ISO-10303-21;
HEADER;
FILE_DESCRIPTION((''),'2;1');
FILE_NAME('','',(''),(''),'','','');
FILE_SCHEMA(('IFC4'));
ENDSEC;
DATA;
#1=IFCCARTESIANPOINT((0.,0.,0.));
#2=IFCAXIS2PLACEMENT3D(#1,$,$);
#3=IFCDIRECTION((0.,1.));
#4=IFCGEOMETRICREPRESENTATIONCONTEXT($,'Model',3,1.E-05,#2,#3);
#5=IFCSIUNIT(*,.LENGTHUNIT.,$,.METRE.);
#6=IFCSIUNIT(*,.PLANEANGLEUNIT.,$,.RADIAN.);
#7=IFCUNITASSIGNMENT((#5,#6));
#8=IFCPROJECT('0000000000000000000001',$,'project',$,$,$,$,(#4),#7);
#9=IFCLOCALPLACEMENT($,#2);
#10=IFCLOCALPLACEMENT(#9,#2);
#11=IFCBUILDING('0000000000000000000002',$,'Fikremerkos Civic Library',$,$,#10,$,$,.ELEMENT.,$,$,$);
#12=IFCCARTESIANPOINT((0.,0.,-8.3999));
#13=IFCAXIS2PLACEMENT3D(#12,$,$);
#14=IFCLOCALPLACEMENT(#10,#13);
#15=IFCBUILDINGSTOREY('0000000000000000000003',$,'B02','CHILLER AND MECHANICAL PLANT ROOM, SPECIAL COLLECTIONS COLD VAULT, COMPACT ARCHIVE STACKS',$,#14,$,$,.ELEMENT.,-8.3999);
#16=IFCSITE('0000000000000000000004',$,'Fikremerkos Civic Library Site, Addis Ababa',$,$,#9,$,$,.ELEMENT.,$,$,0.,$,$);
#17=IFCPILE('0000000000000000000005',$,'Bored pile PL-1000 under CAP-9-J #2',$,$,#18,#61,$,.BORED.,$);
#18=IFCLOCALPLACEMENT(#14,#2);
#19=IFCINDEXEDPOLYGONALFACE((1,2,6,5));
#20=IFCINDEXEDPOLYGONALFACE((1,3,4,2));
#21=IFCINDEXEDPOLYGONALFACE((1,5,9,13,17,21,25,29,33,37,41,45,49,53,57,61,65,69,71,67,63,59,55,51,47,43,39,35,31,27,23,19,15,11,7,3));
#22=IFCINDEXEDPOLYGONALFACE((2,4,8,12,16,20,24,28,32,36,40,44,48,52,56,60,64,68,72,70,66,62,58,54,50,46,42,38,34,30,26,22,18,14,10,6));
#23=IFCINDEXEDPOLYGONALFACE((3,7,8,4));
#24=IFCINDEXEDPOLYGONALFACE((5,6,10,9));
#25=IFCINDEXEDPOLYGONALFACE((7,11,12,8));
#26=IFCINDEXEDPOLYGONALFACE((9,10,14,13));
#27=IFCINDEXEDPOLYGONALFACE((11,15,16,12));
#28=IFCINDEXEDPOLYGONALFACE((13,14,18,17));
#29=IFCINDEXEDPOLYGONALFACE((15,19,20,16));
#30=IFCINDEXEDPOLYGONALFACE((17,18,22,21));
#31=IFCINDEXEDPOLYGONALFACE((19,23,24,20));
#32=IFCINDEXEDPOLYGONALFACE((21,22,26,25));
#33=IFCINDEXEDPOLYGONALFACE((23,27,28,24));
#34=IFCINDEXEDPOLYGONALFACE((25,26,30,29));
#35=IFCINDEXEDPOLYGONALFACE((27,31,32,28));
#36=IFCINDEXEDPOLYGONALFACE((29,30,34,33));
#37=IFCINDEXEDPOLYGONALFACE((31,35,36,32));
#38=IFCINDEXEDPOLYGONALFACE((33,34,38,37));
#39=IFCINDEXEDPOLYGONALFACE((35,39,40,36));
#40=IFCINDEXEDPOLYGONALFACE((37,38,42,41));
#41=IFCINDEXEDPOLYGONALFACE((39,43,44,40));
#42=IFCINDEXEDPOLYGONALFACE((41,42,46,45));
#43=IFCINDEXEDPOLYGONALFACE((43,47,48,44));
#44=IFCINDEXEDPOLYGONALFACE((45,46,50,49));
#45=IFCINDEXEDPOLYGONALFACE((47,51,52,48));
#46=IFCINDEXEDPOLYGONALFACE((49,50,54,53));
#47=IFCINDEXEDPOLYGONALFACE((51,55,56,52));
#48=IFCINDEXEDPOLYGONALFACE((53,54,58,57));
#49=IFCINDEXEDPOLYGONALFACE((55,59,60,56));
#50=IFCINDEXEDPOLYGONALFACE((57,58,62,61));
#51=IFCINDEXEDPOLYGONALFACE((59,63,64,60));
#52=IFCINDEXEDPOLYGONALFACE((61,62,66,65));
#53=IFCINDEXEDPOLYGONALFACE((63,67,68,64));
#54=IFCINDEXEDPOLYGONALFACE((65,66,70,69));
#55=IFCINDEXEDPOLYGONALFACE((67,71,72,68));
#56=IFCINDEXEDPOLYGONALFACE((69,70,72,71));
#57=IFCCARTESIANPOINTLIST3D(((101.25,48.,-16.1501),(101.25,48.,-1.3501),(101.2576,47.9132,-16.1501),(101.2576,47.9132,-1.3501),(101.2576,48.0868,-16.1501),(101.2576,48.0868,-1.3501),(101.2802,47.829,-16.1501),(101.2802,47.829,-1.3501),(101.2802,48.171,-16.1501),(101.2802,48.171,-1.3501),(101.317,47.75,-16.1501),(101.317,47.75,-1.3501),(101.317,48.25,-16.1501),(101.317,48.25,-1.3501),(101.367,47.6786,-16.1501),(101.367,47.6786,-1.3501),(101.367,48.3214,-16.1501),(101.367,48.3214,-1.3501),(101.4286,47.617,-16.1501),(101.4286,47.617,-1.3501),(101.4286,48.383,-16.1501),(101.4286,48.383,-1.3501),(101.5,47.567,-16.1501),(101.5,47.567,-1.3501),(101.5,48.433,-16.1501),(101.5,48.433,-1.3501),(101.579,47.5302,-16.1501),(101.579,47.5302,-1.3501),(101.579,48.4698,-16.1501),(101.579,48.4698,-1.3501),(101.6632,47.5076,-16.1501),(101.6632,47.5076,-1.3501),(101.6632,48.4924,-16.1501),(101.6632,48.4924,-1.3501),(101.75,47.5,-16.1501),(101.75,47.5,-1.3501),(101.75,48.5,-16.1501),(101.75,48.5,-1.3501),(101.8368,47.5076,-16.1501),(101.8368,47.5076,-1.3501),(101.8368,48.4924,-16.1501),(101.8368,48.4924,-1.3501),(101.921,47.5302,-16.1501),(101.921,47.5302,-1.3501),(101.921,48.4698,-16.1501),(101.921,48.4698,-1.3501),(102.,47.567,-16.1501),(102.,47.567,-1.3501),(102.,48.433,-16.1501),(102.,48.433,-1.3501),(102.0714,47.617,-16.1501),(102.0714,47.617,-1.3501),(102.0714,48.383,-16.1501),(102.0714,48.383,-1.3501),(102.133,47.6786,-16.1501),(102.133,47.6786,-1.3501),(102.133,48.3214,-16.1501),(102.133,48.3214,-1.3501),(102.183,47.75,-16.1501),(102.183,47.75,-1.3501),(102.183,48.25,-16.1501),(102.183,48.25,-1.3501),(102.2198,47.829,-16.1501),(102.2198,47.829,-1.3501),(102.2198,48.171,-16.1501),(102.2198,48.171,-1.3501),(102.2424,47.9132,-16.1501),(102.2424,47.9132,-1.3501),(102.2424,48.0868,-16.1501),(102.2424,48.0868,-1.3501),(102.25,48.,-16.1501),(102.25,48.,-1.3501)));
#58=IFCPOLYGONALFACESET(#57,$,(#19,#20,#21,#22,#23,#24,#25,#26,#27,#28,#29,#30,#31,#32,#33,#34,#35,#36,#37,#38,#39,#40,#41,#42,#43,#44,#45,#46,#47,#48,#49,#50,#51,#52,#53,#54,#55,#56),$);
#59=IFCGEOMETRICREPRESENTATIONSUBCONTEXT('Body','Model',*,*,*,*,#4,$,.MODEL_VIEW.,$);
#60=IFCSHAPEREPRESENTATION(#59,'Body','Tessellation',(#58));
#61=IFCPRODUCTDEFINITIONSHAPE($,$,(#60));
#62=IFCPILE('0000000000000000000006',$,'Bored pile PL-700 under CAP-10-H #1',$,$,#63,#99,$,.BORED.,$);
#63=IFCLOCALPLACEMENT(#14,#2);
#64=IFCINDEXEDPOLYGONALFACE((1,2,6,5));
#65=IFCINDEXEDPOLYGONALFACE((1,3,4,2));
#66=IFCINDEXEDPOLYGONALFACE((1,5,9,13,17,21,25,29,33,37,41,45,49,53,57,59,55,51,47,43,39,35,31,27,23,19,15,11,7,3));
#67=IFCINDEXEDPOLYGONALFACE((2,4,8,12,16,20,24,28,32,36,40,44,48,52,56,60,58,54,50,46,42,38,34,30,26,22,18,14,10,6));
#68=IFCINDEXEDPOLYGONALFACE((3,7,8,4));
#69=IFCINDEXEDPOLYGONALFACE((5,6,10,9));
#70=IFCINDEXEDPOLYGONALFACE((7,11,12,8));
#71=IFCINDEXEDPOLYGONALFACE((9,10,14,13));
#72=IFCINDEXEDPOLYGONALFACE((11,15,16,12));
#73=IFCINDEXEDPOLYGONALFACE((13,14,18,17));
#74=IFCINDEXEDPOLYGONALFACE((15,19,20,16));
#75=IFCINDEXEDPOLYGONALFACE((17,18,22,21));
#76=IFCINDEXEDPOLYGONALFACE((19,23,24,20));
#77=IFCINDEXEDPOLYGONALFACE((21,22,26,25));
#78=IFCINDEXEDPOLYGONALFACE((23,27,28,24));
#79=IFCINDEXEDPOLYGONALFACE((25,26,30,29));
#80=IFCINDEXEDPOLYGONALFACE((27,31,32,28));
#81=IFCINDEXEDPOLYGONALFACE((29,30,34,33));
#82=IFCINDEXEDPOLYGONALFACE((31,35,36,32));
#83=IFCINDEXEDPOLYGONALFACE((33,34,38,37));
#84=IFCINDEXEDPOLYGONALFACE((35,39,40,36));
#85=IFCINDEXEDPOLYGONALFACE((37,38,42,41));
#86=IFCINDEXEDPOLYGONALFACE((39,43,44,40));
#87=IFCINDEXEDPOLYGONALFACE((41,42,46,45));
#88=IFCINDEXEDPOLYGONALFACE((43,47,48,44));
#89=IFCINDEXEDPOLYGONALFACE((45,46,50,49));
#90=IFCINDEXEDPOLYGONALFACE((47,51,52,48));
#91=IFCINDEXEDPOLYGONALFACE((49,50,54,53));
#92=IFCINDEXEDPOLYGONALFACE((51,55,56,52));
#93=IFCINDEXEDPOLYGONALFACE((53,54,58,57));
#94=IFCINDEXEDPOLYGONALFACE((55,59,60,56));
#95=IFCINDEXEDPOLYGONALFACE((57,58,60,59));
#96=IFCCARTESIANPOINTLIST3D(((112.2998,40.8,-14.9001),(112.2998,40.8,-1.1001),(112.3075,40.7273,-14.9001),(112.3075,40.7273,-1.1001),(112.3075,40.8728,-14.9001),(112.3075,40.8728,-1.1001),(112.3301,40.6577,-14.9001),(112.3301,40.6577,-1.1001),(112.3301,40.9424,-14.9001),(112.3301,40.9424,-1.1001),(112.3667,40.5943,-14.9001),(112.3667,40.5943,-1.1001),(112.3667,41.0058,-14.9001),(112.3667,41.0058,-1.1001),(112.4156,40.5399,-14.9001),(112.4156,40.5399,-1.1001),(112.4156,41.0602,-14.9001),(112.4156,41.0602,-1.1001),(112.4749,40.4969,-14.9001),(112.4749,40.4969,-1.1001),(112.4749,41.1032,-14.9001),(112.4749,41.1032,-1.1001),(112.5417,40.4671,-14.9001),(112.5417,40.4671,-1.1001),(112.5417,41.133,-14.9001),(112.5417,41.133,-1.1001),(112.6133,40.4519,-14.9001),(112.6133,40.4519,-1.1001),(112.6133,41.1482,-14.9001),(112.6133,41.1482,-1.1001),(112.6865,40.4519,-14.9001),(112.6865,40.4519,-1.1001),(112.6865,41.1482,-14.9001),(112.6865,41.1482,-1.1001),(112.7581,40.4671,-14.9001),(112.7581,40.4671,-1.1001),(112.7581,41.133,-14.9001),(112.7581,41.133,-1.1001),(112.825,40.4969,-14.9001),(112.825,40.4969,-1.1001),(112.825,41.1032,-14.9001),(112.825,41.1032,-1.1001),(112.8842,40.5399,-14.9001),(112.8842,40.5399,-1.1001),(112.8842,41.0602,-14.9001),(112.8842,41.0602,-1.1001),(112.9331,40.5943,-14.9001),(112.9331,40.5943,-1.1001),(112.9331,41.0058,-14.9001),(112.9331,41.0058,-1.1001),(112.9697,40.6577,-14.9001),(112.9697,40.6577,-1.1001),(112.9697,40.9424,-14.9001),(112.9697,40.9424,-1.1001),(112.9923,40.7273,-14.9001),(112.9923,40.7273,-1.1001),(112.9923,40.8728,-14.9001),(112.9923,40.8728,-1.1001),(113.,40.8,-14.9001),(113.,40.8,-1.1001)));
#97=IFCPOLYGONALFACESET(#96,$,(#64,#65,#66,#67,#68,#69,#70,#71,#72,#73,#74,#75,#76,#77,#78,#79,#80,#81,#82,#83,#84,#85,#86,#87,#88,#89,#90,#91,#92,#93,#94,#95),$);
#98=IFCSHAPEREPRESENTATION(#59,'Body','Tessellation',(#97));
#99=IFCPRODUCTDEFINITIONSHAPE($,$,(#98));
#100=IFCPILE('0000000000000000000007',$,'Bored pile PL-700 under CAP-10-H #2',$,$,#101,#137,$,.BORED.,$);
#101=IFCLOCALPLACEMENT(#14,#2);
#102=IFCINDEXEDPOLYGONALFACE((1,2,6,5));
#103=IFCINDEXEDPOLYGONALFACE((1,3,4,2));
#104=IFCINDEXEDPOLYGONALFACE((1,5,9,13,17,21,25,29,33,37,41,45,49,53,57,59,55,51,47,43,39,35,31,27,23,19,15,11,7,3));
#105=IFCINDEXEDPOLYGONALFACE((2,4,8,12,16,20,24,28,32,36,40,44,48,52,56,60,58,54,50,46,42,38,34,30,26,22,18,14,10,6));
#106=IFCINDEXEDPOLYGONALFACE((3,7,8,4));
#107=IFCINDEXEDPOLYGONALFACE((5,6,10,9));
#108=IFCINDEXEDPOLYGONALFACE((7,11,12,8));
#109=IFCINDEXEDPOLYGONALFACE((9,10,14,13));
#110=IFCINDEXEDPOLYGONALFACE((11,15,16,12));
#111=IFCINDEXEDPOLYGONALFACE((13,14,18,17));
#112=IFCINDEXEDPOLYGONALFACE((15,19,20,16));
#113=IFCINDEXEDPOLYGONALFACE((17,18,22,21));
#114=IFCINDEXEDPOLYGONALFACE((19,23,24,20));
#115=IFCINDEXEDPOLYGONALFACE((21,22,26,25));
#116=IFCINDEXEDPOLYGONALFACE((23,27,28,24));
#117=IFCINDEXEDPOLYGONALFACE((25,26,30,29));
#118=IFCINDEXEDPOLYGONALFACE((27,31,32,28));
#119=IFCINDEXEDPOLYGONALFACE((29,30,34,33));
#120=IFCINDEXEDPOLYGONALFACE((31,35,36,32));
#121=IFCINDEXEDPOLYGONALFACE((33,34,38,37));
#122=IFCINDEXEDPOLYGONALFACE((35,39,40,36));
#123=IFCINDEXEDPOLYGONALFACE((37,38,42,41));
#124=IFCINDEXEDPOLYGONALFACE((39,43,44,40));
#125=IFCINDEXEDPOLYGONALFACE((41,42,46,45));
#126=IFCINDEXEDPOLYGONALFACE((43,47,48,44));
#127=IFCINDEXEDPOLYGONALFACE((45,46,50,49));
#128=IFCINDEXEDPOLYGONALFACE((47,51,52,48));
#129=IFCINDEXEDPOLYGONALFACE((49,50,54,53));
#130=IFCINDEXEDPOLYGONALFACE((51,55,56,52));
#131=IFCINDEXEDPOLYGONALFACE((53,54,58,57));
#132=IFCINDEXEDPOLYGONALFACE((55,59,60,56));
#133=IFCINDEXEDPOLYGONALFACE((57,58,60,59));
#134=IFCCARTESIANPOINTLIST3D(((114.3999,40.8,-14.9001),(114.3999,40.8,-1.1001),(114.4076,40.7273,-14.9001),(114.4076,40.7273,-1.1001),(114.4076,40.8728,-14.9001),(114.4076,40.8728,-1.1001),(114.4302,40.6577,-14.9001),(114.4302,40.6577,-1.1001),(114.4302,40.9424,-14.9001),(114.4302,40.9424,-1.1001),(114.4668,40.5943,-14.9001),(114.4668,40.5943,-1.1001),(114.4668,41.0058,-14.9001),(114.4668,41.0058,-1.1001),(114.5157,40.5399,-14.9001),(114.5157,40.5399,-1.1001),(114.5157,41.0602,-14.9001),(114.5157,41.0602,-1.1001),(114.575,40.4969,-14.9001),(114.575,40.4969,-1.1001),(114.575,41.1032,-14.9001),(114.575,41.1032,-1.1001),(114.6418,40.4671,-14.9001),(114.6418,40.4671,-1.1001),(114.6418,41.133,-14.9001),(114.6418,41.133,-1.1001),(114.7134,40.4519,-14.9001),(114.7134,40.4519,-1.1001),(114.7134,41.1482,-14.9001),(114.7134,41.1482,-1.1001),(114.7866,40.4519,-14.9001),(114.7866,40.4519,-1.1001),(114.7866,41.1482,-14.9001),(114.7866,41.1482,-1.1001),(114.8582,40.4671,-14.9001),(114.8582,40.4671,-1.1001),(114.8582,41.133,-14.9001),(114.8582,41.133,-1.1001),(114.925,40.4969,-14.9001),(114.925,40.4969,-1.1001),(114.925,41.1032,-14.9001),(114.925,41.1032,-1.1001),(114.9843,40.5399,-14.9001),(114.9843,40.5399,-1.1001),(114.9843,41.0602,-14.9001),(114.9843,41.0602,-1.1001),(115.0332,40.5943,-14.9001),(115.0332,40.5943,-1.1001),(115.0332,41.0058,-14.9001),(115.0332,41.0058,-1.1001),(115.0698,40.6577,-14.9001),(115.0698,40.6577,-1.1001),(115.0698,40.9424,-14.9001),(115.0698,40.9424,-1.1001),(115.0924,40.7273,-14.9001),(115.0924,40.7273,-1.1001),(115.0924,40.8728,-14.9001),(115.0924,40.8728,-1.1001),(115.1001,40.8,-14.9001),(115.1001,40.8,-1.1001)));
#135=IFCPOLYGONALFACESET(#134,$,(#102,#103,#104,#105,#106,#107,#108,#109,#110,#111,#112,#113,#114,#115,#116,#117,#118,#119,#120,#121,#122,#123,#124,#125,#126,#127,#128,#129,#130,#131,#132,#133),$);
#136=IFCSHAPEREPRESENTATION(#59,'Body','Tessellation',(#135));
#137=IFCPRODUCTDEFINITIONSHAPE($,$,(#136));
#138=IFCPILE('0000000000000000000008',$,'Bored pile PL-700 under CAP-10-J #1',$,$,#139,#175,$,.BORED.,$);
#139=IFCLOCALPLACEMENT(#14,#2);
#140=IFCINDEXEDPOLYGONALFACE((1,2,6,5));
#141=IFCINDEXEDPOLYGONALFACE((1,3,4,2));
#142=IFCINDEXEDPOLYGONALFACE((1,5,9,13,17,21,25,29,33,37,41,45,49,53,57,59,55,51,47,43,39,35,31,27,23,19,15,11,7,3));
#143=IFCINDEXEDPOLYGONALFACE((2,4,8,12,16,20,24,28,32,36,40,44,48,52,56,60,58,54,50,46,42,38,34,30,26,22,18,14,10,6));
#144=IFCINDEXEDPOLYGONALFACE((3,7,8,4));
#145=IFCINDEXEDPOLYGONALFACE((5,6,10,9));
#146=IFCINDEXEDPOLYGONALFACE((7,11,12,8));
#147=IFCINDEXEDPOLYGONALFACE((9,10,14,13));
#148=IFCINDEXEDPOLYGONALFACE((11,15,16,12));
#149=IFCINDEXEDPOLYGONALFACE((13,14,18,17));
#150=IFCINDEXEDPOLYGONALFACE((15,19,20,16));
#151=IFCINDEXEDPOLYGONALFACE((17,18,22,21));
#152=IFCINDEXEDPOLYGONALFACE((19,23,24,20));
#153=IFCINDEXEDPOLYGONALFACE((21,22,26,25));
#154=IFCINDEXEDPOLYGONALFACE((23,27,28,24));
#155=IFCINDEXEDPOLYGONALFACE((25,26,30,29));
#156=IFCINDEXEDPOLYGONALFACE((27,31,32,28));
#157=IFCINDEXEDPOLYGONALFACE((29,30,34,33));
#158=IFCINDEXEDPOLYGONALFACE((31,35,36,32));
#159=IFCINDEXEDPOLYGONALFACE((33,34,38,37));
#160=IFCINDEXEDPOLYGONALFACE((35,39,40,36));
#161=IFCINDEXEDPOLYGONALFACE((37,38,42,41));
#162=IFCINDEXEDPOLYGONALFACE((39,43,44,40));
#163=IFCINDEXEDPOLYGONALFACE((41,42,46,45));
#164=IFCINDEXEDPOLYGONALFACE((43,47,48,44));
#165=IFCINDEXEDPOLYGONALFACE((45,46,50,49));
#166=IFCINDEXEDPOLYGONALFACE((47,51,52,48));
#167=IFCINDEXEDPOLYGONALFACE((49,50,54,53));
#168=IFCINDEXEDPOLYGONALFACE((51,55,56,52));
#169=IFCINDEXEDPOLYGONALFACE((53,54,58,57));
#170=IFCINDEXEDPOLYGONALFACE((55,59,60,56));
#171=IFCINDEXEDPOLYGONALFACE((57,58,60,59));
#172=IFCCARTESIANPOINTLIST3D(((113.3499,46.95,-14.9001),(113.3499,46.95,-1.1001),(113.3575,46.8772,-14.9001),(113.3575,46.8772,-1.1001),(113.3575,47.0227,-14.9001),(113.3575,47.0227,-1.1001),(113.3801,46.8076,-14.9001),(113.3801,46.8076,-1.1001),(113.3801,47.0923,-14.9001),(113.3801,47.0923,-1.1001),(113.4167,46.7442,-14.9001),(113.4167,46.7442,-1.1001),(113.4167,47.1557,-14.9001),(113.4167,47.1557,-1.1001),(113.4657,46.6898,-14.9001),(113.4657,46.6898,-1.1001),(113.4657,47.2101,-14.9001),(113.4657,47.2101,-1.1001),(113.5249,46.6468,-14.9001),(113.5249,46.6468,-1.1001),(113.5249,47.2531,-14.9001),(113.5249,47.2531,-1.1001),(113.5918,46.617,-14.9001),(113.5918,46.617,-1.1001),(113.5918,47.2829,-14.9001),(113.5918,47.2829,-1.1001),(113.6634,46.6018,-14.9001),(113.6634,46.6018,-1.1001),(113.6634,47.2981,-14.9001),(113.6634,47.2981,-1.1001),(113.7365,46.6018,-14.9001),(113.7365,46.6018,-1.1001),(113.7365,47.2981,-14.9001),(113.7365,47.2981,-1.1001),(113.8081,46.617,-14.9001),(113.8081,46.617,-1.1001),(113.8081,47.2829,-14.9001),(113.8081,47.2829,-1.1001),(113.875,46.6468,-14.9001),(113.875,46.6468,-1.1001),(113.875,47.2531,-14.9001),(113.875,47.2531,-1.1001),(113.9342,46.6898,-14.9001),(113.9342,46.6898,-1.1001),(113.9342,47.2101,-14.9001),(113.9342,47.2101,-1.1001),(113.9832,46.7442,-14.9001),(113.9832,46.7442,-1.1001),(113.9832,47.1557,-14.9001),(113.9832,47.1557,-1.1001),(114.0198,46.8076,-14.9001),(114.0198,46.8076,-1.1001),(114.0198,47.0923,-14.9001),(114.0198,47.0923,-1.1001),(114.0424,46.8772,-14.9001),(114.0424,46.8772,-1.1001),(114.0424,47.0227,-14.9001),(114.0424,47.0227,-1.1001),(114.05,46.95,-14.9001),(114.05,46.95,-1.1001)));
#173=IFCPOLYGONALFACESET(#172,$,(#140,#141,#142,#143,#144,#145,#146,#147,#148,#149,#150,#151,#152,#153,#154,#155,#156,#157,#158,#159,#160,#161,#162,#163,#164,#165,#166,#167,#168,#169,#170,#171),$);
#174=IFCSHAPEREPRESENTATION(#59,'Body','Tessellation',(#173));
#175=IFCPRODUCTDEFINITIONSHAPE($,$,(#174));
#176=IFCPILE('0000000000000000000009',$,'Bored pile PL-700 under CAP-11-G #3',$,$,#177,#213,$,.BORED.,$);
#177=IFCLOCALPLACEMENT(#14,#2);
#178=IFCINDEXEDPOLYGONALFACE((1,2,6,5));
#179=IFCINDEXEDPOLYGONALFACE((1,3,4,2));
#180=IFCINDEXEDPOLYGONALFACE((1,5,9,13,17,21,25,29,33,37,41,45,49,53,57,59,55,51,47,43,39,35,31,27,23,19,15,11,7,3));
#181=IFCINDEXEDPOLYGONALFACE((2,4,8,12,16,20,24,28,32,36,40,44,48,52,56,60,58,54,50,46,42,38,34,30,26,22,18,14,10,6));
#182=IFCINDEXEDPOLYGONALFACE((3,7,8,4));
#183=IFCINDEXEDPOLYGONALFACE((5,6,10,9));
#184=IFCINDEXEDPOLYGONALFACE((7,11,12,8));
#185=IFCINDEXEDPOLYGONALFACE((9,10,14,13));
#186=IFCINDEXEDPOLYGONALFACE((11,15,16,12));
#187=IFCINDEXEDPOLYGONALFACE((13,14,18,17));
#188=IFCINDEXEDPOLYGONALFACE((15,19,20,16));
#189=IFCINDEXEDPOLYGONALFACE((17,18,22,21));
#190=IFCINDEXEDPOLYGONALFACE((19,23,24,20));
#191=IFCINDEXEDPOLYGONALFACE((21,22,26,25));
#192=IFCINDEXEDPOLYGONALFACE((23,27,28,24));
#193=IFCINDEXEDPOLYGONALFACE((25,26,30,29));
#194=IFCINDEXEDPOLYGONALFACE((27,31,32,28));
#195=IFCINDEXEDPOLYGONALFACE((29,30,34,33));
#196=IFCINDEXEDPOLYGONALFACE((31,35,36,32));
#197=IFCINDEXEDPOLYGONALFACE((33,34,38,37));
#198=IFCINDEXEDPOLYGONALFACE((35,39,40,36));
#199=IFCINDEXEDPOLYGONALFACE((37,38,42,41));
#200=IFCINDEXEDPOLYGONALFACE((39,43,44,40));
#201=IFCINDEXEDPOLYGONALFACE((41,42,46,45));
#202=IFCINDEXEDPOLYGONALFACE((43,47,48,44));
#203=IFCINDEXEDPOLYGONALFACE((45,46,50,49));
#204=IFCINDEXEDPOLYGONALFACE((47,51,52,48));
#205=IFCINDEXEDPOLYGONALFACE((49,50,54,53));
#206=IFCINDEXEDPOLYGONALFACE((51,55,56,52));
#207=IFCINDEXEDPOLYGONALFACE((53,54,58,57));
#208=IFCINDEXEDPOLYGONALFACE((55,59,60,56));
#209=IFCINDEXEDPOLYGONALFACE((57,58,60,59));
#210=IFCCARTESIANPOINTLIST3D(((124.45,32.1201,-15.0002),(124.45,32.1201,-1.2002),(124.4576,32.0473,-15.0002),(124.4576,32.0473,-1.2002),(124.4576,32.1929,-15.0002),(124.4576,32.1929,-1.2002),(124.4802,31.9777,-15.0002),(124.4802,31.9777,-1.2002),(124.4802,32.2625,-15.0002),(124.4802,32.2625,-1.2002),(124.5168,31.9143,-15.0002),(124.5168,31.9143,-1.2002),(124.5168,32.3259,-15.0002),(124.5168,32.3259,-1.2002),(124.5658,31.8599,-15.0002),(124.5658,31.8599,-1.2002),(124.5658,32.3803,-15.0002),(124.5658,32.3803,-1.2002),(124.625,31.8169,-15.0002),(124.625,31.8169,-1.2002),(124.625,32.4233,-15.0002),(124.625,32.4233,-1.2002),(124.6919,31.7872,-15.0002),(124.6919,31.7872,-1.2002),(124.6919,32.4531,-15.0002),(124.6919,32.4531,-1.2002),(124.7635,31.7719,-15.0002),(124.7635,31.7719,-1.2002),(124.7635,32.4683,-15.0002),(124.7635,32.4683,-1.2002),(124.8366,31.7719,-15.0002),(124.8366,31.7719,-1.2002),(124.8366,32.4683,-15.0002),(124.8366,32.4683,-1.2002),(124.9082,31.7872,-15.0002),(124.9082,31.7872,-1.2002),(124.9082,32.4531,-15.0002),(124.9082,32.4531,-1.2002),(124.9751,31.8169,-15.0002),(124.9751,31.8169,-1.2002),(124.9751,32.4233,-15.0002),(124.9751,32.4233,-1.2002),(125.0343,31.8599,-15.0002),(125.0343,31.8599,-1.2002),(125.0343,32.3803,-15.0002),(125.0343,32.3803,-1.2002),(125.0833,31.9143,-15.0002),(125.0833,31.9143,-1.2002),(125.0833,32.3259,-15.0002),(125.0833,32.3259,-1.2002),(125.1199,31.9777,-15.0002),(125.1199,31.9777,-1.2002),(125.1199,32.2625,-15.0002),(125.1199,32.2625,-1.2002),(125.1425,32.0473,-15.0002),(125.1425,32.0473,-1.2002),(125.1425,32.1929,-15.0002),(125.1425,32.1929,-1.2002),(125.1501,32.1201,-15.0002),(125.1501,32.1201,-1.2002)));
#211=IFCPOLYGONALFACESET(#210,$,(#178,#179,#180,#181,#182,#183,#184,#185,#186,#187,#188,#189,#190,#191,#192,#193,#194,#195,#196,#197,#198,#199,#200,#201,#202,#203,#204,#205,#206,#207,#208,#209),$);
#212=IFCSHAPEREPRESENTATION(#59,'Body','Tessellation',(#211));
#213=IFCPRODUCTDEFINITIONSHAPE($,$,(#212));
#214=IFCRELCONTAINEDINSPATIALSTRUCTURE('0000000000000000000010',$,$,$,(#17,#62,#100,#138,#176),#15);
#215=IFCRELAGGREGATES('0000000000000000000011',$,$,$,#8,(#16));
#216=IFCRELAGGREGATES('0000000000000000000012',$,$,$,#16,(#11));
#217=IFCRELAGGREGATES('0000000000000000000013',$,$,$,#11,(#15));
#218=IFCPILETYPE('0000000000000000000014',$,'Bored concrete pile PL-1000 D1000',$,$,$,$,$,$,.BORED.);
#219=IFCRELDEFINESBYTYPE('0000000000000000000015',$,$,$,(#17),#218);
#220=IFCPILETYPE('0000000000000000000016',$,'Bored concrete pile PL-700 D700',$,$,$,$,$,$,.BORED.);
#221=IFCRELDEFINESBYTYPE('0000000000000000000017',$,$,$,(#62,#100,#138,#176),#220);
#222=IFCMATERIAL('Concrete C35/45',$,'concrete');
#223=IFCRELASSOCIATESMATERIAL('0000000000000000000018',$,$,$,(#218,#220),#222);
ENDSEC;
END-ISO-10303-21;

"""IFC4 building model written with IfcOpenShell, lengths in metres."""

from ifc_helpers import new_model, si_unit, direction, frame, origin, origin_2d, place, context, subcontext, project, spatial, circle, extrude, material, material_profile, profile_set, type_object, element, save


model = new_model("IFC4")

# Units and contexts
model_context = context("Model", 3, precision=1e-05, world=origin(), true_north=direction((0.0, 1.0)))
body_context = subcontext(model_context, "Body", "Model", "MODEL_VIEW")
ifc_project = project(units=[si_unit("LENGTHUNIT", "METRE"), si_unit("PLANEANGLEUNIT", "RADIAN")], contexts=[model_context])

# Site, building, storey
site_placement = place(None, origin())
site = spatial("IfcSite", under=ifc_project, at=site_placement, Name="Fikremerkos Civic Library Site, Addis Ababa", CompositionType="ELEMENT", RefElevation=0.0)
building_placement = place(site_placement, origin())
building = spatial("IfcBuilding", under=site, at=building_placement, Name="Fikremerkos Civic Library", CompositionType="ELEMENT")
storey_placement = place(building_placement, frame((0.0, 0.0, -8.3999)))
storey = spatial("IfcBuildingStorey", under=building, at=storey_placement, Name="B02", Description="CHILLER AND MECHANICAL PLANT ROOM, SPECIAL COLLECTIONS COLD VAULT, COMPACT ARCHIVE STACKS", CompositionType="ELEMENT", Elevation=-8.3999)

# Piles
ifc_material_1 = material(Name="Concrete C35/45", Category="concrete")
ifc_material_profile_1 = material_profile(ifc_material_1, circle(Radius=0.5, at=origin_2d()), Name="BORED PILE 1000")
ifc_profile_set_1 = profile_set([ifc_material_profile_1], Name="Concrete C35/45")
pile_type_1 = type_object("IfcPileType", Name="Bored concrete pile PL-1000 D1000", PredefinedType="BORED", material=ifc_profile_set_1)
pile_placement = place(storey_placement, frame((101.75, 48.0, -1.3501), z_axis=(0.0, 0.0, -1.0), x_axis=(1.0, 0.0, 0.0)))
element("IfcPile", 1, at=pile_placement, inside=storey, type_object=pile_type_1, Name="Bored pile PL-1000 under CAP-9-J #2", PredefinedType="BORED", context=body_context, shape_type="SweptSolid", body=[
    extrude(circle(Radius=0.5, at=origin_2d()), origin(), (0.0, 0.0, 1.0), 14.8),
])
ifc_material_profile_2 = material_profile(ifc_material_1, circle(Radius=0.3501, at=origin_2d()), Name="BORED PILE 700")
ifc_profile_set_2 = profile_set([ifc_material_profile_2], Name="Concrete C35/45")
pile_type_2 = type_object("IfcPileType", Name="Bored concrete pile PL-700 D700", PredefinedType="BORED", material=ifc_profile_set_2)
for number, where, z_axis, x_axis, name in (
    (2, (112.6499, 40.8, -1.1001), (0.0, 0.0, -1.0), (1.0, 0.0, 0.0), "Bored pile PL-700 under CAP-10-H #1"),
    (3, (114.75, 40.8, -1.1001), (0.0, 0.0, -1.0), (1.0, 0.0, 0.0), "Bored pile PL-700 under CAP-10-H #2"),
    (4, (113.7, 46.95, -1.1001), (0.0, 0.0, -1.0), (1.0, 0.0, 0.0), "Bored pile PL-700 under CAP-10-J #1"),
    (5, (124.8, 32.1201, -1.2002), (0.0, 0.0, -1.0), (1.0, 0.0, 0.0), "Bored pile PL-700 under CAP-11-G #3"),
):
    element("IfcPile", number, at=place(storey_placement, frame(where, z_axis=z_axis, x_axis=x_axis)), inside=storey, type_object=pile_type_2, Name=name, PredefinedType="BORED", context=body_context, shape_type="SweptSolid", body=[
        extrude(circle(Radius=0.3501, at=origin_2d()), origin(), (0.0, 0.0, 1.0), 13.8),
    ])

save(model, "model.ifc")
